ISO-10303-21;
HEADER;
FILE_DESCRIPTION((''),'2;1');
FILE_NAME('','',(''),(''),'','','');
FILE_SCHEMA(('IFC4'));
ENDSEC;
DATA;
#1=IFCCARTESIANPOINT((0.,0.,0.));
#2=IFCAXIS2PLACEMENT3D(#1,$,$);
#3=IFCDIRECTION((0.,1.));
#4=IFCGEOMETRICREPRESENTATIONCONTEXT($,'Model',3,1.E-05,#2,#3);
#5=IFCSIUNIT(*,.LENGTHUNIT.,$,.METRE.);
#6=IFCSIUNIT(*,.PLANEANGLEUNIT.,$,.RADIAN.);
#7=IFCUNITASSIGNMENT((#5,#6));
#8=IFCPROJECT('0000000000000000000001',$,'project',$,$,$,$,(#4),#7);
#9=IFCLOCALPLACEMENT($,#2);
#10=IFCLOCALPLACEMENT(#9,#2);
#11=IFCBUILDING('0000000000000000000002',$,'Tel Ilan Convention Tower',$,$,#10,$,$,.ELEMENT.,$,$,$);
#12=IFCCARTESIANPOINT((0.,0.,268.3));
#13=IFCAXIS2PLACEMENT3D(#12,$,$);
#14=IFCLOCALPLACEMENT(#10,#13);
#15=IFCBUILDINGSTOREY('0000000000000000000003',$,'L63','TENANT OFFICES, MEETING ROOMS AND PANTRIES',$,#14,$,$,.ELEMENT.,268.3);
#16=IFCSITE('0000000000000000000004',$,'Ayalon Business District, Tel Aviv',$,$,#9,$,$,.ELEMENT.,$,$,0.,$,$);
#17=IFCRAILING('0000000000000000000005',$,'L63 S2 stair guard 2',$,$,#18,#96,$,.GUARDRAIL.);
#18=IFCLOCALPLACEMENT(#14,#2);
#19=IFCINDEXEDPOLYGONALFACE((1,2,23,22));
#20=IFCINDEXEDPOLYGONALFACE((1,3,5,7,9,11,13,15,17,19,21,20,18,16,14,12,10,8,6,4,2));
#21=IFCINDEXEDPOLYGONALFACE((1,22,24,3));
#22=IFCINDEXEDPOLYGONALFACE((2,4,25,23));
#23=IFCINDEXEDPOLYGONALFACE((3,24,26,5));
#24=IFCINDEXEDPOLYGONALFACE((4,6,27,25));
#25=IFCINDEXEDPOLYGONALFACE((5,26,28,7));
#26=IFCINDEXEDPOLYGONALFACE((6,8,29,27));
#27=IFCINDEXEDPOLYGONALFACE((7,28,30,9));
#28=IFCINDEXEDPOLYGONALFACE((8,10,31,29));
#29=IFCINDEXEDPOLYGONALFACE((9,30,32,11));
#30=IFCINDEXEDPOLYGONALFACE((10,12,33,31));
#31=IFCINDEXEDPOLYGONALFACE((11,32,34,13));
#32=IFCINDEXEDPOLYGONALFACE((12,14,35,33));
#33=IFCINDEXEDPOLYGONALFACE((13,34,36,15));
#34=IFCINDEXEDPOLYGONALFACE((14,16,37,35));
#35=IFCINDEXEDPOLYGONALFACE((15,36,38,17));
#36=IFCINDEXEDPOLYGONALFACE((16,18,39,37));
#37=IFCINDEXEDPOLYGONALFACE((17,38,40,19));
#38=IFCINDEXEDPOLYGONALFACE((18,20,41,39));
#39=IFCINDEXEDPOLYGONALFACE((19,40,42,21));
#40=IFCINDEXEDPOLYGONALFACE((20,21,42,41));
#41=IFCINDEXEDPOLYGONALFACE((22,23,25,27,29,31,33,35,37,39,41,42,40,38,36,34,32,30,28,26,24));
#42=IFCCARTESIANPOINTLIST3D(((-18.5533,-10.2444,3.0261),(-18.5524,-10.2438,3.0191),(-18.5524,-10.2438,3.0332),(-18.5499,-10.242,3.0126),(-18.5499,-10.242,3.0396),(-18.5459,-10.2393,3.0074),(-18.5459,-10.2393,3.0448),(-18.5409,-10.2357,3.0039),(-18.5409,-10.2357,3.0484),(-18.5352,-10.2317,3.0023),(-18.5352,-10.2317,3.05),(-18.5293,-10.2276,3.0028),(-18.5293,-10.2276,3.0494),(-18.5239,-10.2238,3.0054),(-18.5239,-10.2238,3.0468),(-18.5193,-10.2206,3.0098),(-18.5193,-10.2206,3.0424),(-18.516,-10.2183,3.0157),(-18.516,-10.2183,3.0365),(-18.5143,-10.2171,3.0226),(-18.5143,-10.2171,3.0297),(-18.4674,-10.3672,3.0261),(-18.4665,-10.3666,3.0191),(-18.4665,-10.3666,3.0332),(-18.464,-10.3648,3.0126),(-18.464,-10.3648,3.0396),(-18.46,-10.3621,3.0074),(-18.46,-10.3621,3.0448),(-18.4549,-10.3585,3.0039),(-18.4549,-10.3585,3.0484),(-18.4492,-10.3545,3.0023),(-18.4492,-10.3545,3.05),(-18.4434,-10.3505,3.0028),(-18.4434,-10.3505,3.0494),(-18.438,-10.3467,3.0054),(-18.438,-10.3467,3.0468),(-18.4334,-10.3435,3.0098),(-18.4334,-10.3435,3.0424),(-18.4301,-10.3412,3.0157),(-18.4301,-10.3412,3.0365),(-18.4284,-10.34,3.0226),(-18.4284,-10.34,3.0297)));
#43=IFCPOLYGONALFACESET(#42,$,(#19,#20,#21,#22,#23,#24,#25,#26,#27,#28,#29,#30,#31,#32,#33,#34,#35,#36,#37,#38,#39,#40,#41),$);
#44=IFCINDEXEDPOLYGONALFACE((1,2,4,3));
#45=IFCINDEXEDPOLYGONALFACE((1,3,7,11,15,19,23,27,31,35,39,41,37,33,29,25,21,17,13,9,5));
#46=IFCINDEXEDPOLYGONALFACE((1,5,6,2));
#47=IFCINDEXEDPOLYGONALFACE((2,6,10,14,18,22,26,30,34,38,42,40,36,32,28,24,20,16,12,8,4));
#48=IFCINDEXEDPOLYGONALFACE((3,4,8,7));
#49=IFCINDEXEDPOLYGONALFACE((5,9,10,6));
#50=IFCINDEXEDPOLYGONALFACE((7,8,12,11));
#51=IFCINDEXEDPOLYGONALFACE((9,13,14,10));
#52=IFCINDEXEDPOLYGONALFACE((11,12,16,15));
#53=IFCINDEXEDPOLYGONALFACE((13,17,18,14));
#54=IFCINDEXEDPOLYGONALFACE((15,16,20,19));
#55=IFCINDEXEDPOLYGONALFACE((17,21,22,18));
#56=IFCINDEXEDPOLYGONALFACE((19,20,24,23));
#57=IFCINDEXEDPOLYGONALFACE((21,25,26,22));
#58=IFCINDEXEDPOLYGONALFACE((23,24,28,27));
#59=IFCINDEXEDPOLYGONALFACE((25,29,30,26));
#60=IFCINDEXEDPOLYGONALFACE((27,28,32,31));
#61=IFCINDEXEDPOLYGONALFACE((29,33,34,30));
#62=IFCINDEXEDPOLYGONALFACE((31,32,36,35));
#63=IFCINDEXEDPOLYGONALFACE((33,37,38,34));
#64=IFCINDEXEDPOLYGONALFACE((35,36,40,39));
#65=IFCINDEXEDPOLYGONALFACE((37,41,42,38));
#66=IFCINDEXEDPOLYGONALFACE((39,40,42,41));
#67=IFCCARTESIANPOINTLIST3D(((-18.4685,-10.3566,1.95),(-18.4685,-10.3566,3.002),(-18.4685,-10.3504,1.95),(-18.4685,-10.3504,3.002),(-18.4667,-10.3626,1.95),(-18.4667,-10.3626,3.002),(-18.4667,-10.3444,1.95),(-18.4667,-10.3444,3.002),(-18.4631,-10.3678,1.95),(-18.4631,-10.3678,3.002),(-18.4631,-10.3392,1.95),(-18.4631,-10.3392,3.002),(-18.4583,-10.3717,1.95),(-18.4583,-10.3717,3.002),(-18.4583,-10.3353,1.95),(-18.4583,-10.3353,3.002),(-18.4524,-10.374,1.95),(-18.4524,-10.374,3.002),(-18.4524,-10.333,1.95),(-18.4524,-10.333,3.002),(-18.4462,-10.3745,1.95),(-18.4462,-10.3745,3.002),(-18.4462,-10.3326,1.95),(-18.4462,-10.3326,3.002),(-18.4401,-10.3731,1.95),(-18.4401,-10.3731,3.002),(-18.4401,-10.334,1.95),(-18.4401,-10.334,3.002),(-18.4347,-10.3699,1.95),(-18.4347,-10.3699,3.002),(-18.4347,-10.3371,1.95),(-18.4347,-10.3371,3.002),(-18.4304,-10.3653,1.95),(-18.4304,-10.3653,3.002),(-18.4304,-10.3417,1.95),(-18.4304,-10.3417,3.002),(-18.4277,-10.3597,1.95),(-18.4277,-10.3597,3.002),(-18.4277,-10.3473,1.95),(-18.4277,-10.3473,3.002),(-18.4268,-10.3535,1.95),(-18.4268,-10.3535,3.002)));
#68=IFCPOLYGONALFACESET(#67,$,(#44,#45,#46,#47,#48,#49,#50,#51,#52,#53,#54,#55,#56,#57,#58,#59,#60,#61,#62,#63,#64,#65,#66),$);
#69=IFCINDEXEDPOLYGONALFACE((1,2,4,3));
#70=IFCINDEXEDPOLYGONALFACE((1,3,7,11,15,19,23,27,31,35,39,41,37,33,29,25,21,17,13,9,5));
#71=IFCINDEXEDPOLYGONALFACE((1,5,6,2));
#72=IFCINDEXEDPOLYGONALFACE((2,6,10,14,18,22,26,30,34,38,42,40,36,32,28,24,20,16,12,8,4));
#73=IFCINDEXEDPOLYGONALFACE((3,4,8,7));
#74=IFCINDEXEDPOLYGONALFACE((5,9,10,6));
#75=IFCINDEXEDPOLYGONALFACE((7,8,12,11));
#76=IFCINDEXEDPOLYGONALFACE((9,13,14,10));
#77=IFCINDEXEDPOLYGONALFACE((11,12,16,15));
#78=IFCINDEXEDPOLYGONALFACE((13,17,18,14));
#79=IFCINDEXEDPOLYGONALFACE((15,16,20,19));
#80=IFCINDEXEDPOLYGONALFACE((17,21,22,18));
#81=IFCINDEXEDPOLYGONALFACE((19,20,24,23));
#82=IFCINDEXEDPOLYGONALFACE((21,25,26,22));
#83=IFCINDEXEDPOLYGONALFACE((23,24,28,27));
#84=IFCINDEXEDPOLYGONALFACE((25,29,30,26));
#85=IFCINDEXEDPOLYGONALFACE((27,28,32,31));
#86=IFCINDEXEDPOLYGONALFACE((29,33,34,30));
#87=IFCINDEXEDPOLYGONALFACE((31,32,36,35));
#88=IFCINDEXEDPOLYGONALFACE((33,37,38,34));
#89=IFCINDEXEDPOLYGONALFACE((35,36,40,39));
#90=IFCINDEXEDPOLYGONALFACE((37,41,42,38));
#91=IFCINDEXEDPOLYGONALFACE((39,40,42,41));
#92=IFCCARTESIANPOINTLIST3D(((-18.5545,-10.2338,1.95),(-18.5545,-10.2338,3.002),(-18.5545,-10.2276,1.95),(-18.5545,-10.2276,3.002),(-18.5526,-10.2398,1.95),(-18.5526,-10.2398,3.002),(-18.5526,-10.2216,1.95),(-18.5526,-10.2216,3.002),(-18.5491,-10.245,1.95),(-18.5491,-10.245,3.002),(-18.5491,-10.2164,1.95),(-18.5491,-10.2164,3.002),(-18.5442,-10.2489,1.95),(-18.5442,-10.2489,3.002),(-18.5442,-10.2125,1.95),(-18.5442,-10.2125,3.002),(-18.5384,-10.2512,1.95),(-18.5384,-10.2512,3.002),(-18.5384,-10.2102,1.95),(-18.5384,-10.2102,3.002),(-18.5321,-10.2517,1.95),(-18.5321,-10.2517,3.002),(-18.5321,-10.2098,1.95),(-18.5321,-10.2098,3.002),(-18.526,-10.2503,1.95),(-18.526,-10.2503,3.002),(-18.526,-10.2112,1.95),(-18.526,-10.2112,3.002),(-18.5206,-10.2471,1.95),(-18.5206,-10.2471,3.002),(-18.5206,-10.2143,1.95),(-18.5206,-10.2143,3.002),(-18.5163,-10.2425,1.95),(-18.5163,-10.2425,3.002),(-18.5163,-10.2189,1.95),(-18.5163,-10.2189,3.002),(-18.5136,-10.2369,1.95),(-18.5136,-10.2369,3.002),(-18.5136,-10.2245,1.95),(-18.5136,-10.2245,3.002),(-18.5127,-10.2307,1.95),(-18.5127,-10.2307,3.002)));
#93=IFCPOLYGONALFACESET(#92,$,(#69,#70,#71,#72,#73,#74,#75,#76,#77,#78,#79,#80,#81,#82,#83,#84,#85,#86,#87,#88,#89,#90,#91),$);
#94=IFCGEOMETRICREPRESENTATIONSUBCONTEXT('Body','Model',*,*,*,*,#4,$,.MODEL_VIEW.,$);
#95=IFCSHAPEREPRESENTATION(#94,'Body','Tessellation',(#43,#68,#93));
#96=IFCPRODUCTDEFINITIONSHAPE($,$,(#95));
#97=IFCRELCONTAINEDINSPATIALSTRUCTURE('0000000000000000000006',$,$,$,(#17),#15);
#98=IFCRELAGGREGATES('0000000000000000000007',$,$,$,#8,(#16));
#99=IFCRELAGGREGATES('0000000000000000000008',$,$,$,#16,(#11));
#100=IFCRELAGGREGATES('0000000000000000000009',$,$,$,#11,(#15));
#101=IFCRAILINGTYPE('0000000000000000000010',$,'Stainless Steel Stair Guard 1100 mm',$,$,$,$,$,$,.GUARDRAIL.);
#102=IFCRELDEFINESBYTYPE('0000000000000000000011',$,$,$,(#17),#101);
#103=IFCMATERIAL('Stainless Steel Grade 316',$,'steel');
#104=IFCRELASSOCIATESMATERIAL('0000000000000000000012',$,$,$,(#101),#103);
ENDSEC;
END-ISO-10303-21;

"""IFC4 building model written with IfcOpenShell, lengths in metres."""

from ifc_helpers import new_model, si_unit, direction, frame, origin, origin_2d, place, context, subcontext, project, spatial, circle, extrude, material, type_object, element, save


model = new_model("IFC4")

# Units and contexts
model_context = context("Model", 3, precision=1e-05, world=origin(), true_north=direction((0.0, 1.0)))
body_context = subcontext(model_context, "Body", "Model", "MODEL_VIEW")
ifc_project = project(units=[si_unit("LENGTHUNIT", "METRE"), si_unit("PLANEANGLEUNIT", "RADIAN")], contexts=[model_context])

# Site, building, storey
site_placement = place(None, origin())
site = spatial("IfcSite", under=ifc_project, at=site_placement, Name="Ayalon Business District, Tel Aviv", CompositionType="ELEMENT", RefElevation=0.0)
building_placement = place(site_placement, origin())
building = spatial("IfcBuilding", under=site, at=building_placement, Name="Tel Ilan Convention Tower", CompositionType="ELEMENT")
storey_placement = place(building_placement, frame((0.0, 0.0, 268.3)))
storey = spatial("IfcBuildingStorey", under=building, at=storey_placement, Name="L63", Description="TENANT OFFICES, MEETING ROOMS AND PANTRIES", CompositionType="ELEMENT", Elevation=268.3)

# Railing
ifc_material_1 = material(Name="Stainless Steel Grade 316", Category="steel")
railing_type_1 = type_object("IfcRailingType", Name="Stainless Steel Stair Guard 1100 mm", PredefinedType="GUARDRAIL", material=ifc_material_1)
railing_1_placement = place(storey_placement, frame((-18.4478, -10.3535, 1.95)))
element("IfcRailing", 1, at=railing_1_placement, inside=storey, type_object=railing_type_1, Name="L63 S2 stair guard 2", PredefinedType="GUARDRAIL", context=body_context, shape_type="SweptSolid", body=[
    extrude(circle(Radius=0.0239, at=origin_2d()), frame((0.0, 0.0, 1.0762), z_axis=(-0.573353, 0.819308, 0.0), x_axis=(-0.819308, -0.573353, 0.0)), (0.0, 0.0, 1.0), 0.1499),
    extrude(circle(Radius=0.021, at=origin_2d()), origin(), (0.0, 0.0, 1.0), 1.052),
    extrude(circle(Radius=0.021, at=origin_2d()), frame((-0.0859, 0.1228, 0.0)), (0.0, 0.0, 1.0), 1.052),
])

save(model, "model.ifc")
